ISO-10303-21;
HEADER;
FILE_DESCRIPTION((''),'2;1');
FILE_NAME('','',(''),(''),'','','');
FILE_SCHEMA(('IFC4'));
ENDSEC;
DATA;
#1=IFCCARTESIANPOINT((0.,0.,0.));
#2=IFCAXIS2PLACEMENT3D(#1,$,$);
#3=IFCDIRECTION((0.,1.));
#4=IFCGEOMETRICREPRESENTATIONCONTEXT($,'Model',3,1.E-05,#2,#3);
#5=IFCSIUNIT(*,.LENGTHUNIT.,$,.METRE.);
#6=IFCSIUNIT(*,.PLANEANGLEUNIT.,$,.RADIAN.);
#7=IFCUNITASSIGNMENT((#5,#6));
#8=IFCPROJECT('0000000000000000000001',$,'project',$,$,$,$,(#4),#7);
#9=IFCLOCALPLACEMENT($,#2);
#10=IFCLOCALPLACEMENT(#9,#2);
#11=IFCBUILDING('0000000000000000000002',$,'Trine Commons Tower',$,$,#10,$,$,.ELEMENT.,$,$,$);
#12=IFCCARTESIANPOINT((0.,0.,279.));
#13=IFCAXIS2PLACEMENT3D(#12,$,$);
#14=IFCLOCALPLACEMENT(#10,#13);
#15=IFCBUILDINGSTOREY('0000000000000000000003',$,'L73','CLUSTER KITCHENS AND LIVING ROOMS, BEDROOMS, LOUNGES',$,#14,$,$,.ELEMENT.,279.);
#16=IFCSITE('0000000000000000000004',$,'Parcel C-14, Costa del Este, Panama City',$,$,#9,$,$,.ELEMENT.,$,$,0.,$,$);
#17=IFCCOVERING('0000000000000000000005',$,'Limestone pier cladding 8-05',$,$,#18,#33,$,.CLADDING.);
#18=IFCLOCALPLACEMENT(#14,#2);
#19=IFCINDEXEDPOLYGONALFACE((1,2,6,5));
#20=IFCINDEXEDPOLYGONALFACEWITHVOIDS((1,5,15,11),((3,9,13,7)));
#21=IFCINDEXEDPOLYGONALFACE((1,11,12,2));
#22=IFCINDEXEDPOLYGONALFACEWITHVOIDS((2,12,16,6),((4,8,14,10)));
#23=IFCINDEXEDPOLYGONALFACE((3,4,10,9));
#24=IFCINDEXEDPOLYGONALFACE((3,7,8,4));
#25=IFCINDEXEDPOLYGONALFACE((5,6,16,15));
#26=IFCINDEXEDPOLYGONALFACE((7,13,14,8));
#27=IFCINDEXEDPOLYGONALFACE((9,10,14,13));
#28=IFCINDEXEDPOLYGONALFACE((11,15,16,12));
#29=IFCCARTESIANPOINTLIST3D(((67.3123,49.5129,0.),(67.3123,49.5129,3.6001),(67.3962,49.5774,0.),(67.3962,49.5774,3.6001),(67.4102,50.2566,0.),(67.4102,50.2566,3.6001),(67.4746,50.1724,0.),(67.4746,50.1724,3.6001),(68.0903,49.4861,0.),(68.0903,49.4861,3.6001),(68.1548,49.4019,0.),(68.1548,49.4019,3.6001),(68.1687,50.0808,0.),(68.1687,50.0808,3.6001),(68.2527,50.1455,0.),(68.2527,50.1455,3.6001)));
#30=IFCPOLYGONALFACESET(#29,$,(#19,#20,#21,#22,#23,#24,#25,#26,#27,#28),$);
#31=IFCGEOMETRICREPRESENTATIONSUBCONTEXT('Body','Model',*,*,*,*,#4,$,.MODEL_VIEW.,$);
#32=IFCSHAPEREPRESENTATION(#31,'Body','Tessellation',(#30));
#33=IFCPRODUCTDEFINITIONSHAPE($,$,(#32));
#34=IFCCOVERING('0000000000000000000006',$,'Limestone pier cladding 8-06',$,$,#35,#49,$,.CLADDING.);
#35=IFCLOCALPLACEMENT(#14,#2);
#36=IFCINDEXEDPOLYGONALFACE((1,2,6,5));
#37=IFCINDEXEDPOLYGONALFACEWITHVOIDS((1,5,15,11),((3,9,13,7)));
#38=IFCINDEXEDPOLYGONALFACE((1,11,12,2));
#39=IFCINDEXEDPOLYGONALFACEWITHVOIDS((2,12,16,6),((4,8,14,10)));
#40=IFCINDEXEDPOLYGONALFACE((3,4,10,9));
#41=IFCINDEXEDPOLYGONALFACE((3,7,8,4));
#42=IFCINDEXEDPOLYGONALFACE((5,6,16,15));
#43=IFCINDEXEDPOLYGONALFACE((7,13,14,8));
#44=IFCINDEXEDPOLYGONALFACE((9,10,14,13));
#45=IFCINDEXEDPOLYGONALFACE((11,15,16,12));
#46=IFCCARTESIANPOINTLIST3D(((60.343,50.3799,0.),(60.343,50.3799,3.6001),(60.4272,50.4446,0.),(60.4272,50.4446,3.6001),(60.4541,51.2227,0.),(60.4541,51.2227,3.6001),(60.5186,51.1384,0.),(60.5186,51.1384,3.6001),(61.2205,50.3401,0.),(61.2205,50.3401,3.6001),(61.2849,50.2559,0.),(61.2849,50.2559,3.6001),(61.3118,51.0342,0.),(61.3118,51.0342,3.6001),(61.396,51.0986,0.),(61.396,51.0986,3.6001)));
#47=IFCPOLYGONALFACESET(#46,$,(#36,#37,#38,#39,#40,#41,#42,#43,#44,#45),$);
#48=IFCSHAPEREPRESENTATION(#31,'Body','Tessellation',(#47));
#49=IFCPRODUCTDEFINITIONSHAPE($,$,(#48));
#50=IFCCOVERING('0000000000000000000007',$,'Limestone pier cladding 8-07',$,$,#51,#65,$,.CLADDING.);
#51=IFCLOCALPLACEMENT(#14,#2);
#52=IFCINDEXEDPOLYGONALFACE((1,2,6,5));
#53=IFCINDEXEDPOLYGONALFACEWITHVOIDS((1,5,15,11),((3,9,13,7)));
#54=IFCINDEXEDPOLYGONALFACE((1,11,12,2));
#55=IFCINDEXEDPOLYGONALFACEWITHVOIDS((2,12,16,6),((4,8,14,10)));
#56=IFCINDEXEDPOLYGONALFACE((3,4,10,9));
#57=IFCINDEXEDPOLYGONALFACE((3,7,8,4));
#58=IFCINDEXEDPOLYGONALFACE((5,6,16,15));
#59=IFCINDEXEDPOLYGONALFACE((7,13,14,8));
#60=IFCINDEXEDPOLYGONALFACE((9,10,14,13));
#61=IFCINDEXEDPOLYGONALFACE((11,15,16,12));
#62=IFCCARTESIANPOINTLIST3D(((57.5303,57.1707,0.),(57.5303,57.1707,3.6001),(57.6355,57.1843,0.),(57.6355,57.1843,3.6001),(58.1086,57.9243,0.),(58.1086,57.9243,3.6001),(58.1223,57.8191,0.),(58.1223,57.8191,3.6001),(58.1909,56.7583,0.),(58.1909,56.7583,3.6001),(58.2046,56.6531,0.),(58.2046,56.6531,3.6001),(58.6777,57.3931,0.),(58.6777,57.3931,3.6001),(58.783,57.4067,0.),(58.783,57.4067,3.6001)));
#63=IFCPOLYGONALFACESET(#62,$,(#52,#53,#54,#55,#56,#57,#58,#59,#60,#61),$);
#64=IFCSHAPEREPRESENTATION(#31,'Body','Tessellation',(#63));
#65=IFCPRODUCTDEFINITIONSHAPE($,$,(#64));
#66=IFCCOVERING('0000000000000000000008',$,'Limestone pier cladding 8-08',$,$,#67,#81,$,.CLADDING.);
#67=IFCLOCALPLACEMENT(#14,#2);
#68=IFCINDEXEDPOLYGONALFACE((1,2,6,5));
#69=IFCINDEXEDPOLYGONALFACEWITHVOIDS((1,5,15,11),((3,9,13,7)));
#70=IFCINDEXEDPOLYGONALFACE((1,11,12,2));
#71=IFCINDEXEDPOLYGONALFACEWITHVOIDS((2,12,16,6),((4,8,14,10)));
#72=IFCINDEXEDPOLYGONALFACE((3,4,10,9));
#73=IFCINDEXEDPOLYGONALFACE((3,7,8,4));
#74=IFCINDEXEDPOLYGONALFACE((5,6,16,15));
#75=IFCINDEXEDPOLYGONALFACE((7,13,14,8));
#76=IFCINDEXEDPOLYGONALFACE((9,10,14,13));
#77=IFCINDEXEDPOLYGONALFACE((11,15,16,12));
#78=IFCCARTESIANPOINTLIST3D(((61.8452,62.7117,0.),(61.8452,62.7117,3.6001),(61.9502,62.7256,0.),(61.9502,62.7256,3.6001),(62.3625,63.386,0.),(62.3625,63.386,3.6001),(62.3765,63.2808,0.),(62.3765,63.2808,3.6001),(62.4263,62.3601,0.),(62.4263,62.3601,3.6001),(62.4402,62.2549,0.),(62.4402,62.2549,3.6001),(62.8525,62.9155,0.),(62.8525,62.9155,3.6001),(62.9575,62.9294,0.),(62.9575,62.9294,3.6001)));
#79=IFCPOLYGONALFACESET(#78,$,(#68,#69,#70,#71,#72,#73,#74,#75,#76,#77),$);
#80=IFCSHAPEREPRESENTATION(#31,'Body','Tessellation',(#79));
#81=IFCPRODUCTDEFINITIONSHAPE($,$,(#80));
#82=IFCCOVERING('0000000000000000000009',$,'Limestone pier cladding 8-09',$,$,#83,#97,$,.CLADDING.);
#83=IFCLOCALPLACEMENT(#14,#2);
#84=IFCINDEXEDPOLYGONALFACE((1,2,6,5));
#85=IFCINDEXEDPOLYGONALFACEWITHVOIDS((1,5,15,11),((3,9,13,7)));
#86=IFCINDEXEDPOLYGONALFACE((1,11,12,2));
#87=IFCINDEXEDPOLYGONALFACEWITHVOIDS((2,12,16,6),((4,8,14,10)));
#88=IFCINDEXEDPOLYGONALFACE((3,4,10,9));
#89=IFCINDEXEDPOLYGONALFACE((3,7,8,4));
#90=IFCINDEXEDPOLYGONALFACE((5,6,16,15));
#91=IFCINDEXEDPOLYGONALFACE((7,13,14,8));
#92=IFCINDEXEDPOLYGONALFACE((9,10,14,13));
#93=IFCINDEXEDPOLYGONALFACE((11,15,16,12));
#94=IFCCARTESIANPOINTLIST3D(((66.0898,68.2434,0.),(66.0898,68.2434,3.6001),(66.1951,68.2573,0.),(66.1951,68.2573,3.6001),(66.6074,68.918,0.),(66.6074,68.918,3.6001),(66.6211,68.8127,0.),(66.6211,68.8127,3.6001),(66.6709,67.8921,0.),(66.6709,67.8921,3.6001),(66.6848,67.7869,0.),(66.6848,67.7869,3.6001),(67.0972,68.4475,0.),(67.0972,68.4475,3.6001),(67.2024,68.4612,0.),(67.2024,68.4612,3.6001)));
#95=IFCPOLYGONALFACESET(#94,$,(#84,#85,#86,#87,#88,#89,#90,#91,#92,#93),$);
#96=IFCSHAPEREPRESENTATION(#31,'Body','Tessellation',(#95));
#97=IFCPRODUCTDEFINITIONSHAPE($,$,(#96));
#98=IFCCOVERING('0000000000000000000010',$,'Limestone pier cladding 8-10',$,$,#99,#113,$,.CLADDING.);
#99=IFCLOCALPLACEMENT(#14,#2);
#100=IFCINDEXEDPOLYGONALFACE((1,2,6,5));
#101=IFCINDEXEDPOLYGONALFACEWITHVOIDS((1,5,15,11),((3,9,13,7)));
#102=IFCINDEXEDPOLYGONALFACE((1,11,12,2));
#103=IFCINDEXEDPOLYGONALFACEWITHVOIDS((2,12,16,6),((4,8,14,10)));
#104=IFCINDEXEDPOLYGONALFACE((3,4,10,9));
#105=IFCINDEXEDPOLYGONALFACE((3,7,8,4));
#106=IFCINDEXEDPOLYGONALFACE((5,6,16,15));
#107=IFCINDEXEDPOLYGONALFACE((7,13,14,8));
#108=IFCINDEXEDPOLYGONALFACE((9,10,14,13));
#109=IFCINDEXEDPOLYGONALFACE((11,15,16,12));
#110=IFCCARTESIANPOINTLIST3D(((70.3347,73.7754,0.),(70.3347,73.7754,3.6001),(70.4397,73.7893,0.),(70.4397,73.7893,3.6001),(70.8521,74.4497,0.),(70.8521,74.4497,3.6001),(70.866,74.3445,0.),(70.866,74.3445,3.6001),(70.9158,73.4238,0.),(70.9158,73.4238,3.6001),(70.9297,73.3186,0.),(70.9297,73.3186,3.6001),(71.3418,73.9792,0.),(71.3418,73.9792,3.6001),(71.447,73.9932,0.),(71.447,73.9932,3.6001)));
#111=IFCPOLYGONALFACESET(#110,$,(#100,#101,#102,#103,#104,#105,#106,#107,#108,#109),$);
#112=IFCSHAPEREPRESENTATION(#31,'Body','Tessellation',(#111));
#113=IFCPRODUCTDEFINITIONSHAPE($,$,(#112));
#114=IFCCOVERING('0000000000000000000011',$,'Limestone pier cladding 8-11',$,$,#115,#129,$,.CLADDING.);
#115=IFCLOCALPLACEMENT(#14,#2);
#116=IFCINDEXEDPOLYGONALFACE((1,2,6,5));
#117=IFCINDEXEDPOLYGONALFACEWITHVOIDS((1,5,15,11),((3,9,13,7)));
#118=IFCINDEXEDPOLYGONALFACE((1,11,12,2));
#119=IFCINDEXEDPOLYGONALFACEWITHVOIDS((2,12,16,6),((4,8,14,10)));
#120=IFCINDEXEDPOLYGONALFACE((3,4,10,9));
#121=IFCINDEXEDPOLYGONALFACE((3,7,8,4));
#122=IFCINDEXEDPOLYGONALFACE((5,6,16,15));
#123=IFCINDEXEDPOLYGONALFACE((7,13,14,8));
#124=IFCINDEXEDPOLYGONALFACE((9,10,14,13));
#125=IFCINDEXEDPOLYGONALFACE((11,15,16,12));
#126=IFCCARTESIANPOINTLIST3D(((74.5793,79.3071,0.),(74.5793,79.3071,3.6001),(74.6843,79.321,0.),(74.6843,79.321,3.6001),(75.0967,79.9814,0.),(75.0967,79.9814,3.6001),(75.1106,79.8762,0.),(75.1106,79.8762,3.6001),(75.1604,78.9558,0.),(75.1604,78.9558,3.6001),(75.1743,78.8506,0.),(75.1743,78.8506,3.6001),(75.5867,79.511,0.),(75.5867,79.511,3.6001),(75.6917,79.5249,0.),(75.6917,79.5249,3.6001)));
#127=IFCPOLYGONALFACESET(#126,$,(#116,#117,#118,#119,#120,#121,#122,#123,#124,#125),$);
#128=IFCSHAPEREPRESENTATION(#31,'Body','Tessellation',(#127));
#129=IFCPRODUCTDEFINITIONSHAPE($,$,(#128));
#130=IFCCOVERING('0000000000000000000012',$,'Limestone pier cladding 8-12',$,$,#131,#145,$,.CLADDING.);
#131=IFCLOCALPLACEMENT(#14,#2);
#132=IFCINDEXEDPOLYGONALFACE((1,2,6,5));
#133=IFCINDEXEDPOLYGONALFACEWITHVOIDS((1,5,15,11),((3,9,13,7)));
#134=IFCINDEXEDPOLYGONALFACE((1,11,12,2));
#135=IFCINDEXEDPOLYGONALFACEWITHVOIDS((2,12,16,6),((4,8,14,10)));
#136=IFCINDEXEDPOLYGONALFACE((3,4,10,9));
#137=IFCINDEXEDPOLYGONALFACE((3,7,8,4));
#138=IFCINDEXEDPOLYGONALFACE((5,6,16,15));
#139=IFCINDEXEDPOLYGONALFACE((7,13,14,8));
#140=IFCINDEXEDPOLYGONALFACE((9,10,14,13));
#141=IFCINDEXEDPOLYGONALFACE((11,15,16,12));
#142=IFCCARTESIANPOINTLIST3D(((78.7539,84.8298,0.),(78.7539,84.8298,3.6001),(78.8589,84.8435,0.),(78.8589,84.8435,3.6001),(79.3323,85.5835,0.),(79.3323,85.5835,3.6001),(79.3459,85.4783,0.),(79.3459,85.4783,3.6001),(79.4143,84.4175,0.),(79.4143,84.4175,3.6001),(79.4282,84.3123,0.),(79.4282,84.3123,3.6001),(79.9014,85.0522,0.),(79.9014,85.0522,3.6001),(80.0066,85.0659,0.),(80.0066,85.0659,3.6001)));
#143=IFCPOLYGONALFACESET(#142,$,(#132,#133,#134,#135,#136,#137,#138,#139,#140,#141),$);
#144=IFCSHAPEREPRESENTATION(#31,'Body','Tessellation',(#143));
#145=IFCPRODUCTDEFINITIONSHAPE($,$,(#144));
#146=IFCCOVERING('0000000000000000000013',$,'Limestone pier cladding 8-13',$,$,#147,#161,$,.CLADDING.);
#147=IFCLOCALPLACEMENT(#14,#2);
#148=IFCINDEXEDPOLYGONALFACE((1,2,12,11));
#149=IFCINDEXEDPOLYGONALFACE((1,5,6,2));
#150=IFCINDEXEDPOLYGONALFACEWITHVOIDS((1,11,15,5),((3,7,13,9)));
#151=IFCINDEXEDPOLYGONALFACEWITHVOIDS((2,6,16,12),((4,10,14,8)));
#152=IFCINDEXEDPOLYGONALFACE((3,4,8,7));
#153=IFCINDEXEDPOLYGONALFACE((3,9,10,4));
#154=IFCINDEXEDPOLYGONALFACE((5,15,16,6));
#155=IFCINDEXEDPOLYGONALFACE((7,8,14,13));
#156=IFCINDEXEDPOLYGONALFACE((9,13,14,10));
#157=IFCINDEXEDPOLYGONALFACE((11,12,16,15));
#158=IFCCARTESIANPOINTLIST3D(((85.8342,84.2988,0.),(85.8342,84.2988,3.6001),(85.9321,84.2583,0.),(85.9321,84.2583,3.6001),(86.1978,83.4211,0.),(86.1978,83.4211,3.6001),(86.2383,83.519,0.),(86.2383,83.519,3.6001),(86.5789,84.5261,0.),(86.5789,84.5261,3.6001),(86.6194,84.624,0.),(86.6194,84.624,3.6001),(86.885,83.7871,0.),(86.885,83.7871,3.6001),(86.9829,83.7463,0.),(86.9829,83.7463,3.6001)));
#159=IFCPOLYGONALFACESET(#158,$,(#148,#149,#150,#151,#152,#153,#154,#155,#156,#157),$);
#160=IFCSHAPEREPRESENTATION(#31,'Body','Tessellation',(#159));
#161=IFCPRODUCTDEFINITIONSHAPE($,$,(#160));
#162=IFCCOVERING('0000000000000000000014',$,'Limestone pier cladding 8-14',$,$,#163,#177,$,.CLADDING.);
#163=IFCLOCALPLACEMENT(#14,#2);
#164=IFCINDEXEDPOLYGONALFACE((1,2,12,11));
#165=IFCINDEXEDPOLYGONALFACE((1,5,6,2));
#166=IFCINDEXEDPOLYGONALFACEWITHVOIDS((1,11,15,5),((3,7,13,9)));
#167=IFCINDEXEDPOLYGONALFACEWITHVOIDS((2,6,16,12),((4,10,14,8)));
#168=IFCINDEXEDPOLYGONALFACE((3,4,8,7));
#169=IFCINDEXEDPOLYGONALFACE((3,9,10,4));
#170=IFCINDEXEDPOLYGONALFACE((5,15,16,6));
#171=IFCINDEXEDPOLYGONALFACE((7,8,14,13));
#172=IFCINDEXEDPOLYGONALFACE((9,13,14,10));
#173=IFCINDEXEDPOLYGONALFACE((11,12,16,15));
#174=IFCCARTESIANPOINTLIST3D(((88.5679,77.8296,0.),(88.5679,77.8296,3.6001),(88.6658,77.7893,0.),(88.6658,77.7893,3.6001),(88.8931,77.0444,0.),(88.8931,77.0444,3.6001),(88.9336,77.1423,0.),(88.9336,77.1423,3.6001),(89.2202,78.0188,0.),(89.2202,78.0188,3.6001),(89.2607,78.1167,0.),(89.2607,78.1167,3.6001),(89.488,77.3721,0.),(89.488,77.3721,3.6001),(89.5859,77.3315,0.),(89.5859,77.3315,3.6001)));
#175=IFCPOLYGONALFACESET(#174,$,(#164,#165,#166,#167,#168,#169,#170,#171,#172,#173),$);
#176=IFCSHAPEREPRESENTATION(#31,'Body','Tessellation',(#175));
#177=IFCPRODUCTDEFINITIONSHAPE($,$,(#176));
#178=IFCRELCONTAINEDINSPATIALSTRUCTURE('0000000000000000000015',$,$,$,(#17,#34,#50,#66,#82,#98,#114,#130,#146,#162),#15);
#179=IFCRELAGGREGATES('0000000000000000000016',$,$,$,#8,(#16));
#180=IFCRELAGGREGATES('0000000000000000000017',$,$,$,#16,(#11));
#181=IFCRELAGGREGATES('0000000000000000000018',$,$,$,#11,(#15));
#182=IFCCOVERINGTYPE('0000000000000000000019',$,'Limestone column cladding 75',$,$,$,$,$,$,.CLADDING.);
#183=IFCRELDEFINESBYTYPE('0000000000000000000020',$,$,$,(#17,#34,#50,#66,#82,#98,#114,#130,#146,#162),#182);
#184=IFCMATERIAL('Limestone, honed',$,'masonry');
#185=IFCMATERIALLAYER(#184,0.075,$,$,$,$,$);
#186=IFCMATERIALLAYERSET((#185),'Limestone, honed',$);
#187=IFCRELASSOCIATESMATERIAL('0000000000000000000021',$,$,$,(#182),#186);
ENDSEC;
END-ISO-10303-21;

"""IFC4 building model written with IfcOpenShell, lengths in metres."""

from ifc_helpers import new_model, si_unit, direction, frame, origin, place, context, subcontext, project, spatial, polyline, outline, extrude, material, layer, layer_set, type_object, element, save


model = new_model("IFC4")

# Units and contexts
model_context = context("Model", 3, precision=1e-05, world=origin(), true_north=direction((0.0, 1.0)))
body_context = subcontext(model_context, "Body", "Model", "MODEL_VIEW")
ifc_project = project(units=[si_unit("LENGTHUNIT", "METRE"), si_unit("PLANEANGLEUNIT", "RADIAN")], contexts=[model_context])

# Site, building, storey
site_placement = place(None, origin())
site = spatial("IfcSite", under=ifc_project, at=site_placement, Name="Parcel C-14, Costa del Este, Panama City", CompositionType="ELEMENT", RefElevation=0.0)
building_placement = place(site_placement, origin())
building = spatial("IfcBuilding", under=site, at=building_placement, Name="Trine Commons Tower", CompositionType="ELEMENT")
storey_placement = place(building_placement, frame((0.0, 0.0, 279.0)))
storey = spatial("IfcBuildingStorey", under=building, at=storey_placement, Name="L73", Description="CLUSTER KITCHENS AND LIVING ROOMS, BEDROOMS, LOUNGES", CompositionType="ELEMENT", Elevation=279.0)

# Coverings
ifc_material_1 = material(Name="Limestone, honed", Category="masonry")
ifc_layer_1 = layer(ifc_material_1, 0.075)
ifc_layer_set_1 = layer_set([ifc_layer_1], Name="Limestone, honed")
covering_type_1 = type_object("IfcCoveringType", Name="Limestone column cladding 75", PredefinedType="CLADDING", material=ifc_layer_set_1)
covering_1_placement = place(storey_placement, origin())
element("IfcCovering", 1, at=covering_1_placement, inside=storey, type_object=covering_type_1, Name="Limestone pier cladding 8-05", PredefinedType="CLADDING", context=body_context, shape_type="SweptSolid", body=[
    extrude(outline(polyline([(67.4102, 50.2566), (67.3123, 49.5129), (68.1548, 49.4019), (68.2527, 50.1455), (67.4102, 50.2566)]), holes=[polyline([(67.4746, 50.1724), (67.3962, 49.5774), (68.0903, 49.4861), (68.1687, 50.0808), (67.4746, 50.1724)])]), origin(), (0.0, 0.0, 1.0), 3.6001),
])
covering_2_placement = place(storey_placement, origin())
element("IfcCovering", 2, at=covering_2_placement, inside=storey, type_object=covering_type_1, Name="Limestone pier cladding 8-06", PredefinedType="CLADDING", context=body_context, shape_type="SweptSolid", body=[
    extrude(outline(polyline([(60.4541, 51.2227), (60.343, 50.3799), (61.2849, 50.2559), (61.396, 51.0986), (60.4541, 51.2227)]), holes=[polyline([(60.5186, 51.1384), (60.4272, 50.4446), (61.2205, 50.3401), (61.3118, 51.0342), (60.5186, 51.1384)])]), origin(), (0.0, 0.0, 1.0), 3.6001),
])
covering_3_placement = place(storey_placement, origin())
element("IfcCovering", 3, at=covering_3_placement, inside=storey, type_object=covering_type_1, Name="Limestone pier cladding 8-07", PredefinedType="CLADDING", context=body_context, shape_type="SweptSolid", body=[
    extrude(outline(polyline([(58.783, 57.4067), (58.1086, 57.9243), (57.5303, 57.1707), (58.2046, 56.6531), (58.783, 57.4067)]), holes=[polyline([(58.6777, 57.3931), (58.1223, 57.8191), (57.6355, 57.1843), (58.1909, 56.7583), (58.6777, 57.3931)])]), origin(), (0.0, 0.0, 1.0), 3.6001),
])
covering_4_placement = place(storey_placement, origin())
element("IfcCovering", 4, at=covering_4_placement, inside=storey, type_object=covering_type_1, Name="Limestone pier cladding 8-08", PredefinedType="CLADDING", context=body_context, shape_type="SweptSolid", body=[
    extrude(outline(polyline([(62.9575, 62.9294), (62.3625, 63.386), (61.8452, 62.7117), (62.4402, 62.2549), (62.9575, 62.9294)]), holes=[polyline([(62.8525, 62.9155), (62.3765, 63.2808), (61.9502, 62.7256), (62.4263, 62.3601), (62.8525, 62.9155)])]), origin(), (0.0, 0.0, 1.0), 3.6001),
])
covering_5_placement = place(storey_placement, origin())
element("IfcCovering", 5, at=covering_5_placement, inside=storey, type_object=covering_type_1, Name="Limestone pier cladding 8-09", PredefinedType="CLADDING", context=body_context, shape_type="SweptSolid", body=[
    extrude(outline(polyline([(67.2024, 68.4612), (66.6074, 68.918), (66.0898, 68.2434), (66.6848, 67.7869), (67.2024, 68.4612)]), holes=[polyline([(67.0972, 68.4475), (66.6211, 68.8127), (66.1951, 68.2573), (66.6709, 67.8921), (67.0972, 68.4475)])]), origin(), (0.0, 0.0, 1.0), 3.6001),
])
covering_6_placement = place(storey_placement, origin())
element("IfcCovering", 6, at=covering_6_placement, inside=storey, type_object=covering_type_1, Name="Limestone pier cladding 8-10", PredefinedType="CLADDING", context=body_context, shape_type="SweptSolid", body=[
    extrude(outline(polyline([(71.447, 73.9932), (70.8521, 74.4497), (70.3347, 73.7754), (70.9297, 73.3186), (71.447, 73.9932)]), holes=[polyline([(71.3418, 73.9792), (70.866, 74.3445), (70.4397, 73.7893), (70.9158, 73.4238), (71.3418, 73.9792)])]), origin(), (0.0, 0.0, 1.0), 3.6001),
])
covering_7_placement = place(storey_placement, origin())
element("IfcCovering", 7, at=covering_7_placement, inside=storey, type_object=covering_type_1, Name="Limestone pier cladding 8-11", PredefinedType="CLADDING", context=body_context, shape_type="SweptSolid", body=[
    extrude(outline(polyline([(75.6917, 79.5249), (75.0967, 79.9814), (74.5793, 79.3071), (75.1743, 78.8506), (75.6917, 79.5249)]), holes=[polyline([(75.5867, 79.511), (75.1106, 79.8762), (74.6843, 79.321), (75.1604, 78.9558), (75.5867, 79.511)])]), origin(), (0.0, 0.0, 1.0), 3.6001),
])
covering_8_placement = place(storey_placement, origin())
element("IfcCovering", 8, at=covering_8_placement, inside=storey, type_object=covering_type_1, Name="Limestone pier cladding 8-12", PredefinedType="CLADDING", context=body_context, shape_type="SweptSolid", body=[
    extrude(outline(polyline([(80.0066, 85.0659), (79.3323, 85.5835), (78.7539, 84.8298), (79.4282, 84.3123), (80.0066, 85.0659)]), holes=[polyline([(79.9014, 85.0522), (79.3459, 85.4783), (78.8589, 84.8435), (79.4143, 84.4175), (79.9014, 85.0522)])]), origin(), (0.0, 0.0, 1.0), 3.6001),
])
covering_9_placement = place(storey_placement, origin())
element("IfcCovering", 9, at=covering_9_placement, inside=storey, type_object=covering_type_1, Name="Limestone pier cladding 8-13", PredefinedType="CLADDING", context=body_context, shape_type="SweptSolid", body=[
    extrude(outline(polyline([(86.6194, 84.624), (85.8342, 84.2988), (86.1978, 83.4211), (86.9829, 83.7463), (86.6194, 84.624)]), holes=[polyline([(86.5789, 84.5261), (85.9321, 84.2583), (86.2383, 83.519), (86.885, 83.7871), (86.5789, 84.5261)])]), origin(), (0.0, 0.0, 1.0), 3.6001),
])
covering_10_placement = place(storey_placement, origin())
element("IfcCovering", 10, at=covering_10_placement, inside=storey, type_object=covering_type_1, Name="Limestone pier cladding 8-14", PredefinedType="CLADDING", context=body_context, shape_type="SweptSolid", body=[
    extrude(outline(polyline([(89.2607, 78.1167), (88.5679, 77.8296), (88.8931, 77.0444), (89.5859, 77.3315), (89.2607, 78.1167)]), holes=[polyline([(89.2202, 78.0188), (88.6658, 77.7893), (88.9336, 77.1423), (89.488, 77.3721), (89.2202, 78.0188)])]), origin(), (0.0, 0.0, 1.0), 3.6001),
])

save(model, "model.ifc")
